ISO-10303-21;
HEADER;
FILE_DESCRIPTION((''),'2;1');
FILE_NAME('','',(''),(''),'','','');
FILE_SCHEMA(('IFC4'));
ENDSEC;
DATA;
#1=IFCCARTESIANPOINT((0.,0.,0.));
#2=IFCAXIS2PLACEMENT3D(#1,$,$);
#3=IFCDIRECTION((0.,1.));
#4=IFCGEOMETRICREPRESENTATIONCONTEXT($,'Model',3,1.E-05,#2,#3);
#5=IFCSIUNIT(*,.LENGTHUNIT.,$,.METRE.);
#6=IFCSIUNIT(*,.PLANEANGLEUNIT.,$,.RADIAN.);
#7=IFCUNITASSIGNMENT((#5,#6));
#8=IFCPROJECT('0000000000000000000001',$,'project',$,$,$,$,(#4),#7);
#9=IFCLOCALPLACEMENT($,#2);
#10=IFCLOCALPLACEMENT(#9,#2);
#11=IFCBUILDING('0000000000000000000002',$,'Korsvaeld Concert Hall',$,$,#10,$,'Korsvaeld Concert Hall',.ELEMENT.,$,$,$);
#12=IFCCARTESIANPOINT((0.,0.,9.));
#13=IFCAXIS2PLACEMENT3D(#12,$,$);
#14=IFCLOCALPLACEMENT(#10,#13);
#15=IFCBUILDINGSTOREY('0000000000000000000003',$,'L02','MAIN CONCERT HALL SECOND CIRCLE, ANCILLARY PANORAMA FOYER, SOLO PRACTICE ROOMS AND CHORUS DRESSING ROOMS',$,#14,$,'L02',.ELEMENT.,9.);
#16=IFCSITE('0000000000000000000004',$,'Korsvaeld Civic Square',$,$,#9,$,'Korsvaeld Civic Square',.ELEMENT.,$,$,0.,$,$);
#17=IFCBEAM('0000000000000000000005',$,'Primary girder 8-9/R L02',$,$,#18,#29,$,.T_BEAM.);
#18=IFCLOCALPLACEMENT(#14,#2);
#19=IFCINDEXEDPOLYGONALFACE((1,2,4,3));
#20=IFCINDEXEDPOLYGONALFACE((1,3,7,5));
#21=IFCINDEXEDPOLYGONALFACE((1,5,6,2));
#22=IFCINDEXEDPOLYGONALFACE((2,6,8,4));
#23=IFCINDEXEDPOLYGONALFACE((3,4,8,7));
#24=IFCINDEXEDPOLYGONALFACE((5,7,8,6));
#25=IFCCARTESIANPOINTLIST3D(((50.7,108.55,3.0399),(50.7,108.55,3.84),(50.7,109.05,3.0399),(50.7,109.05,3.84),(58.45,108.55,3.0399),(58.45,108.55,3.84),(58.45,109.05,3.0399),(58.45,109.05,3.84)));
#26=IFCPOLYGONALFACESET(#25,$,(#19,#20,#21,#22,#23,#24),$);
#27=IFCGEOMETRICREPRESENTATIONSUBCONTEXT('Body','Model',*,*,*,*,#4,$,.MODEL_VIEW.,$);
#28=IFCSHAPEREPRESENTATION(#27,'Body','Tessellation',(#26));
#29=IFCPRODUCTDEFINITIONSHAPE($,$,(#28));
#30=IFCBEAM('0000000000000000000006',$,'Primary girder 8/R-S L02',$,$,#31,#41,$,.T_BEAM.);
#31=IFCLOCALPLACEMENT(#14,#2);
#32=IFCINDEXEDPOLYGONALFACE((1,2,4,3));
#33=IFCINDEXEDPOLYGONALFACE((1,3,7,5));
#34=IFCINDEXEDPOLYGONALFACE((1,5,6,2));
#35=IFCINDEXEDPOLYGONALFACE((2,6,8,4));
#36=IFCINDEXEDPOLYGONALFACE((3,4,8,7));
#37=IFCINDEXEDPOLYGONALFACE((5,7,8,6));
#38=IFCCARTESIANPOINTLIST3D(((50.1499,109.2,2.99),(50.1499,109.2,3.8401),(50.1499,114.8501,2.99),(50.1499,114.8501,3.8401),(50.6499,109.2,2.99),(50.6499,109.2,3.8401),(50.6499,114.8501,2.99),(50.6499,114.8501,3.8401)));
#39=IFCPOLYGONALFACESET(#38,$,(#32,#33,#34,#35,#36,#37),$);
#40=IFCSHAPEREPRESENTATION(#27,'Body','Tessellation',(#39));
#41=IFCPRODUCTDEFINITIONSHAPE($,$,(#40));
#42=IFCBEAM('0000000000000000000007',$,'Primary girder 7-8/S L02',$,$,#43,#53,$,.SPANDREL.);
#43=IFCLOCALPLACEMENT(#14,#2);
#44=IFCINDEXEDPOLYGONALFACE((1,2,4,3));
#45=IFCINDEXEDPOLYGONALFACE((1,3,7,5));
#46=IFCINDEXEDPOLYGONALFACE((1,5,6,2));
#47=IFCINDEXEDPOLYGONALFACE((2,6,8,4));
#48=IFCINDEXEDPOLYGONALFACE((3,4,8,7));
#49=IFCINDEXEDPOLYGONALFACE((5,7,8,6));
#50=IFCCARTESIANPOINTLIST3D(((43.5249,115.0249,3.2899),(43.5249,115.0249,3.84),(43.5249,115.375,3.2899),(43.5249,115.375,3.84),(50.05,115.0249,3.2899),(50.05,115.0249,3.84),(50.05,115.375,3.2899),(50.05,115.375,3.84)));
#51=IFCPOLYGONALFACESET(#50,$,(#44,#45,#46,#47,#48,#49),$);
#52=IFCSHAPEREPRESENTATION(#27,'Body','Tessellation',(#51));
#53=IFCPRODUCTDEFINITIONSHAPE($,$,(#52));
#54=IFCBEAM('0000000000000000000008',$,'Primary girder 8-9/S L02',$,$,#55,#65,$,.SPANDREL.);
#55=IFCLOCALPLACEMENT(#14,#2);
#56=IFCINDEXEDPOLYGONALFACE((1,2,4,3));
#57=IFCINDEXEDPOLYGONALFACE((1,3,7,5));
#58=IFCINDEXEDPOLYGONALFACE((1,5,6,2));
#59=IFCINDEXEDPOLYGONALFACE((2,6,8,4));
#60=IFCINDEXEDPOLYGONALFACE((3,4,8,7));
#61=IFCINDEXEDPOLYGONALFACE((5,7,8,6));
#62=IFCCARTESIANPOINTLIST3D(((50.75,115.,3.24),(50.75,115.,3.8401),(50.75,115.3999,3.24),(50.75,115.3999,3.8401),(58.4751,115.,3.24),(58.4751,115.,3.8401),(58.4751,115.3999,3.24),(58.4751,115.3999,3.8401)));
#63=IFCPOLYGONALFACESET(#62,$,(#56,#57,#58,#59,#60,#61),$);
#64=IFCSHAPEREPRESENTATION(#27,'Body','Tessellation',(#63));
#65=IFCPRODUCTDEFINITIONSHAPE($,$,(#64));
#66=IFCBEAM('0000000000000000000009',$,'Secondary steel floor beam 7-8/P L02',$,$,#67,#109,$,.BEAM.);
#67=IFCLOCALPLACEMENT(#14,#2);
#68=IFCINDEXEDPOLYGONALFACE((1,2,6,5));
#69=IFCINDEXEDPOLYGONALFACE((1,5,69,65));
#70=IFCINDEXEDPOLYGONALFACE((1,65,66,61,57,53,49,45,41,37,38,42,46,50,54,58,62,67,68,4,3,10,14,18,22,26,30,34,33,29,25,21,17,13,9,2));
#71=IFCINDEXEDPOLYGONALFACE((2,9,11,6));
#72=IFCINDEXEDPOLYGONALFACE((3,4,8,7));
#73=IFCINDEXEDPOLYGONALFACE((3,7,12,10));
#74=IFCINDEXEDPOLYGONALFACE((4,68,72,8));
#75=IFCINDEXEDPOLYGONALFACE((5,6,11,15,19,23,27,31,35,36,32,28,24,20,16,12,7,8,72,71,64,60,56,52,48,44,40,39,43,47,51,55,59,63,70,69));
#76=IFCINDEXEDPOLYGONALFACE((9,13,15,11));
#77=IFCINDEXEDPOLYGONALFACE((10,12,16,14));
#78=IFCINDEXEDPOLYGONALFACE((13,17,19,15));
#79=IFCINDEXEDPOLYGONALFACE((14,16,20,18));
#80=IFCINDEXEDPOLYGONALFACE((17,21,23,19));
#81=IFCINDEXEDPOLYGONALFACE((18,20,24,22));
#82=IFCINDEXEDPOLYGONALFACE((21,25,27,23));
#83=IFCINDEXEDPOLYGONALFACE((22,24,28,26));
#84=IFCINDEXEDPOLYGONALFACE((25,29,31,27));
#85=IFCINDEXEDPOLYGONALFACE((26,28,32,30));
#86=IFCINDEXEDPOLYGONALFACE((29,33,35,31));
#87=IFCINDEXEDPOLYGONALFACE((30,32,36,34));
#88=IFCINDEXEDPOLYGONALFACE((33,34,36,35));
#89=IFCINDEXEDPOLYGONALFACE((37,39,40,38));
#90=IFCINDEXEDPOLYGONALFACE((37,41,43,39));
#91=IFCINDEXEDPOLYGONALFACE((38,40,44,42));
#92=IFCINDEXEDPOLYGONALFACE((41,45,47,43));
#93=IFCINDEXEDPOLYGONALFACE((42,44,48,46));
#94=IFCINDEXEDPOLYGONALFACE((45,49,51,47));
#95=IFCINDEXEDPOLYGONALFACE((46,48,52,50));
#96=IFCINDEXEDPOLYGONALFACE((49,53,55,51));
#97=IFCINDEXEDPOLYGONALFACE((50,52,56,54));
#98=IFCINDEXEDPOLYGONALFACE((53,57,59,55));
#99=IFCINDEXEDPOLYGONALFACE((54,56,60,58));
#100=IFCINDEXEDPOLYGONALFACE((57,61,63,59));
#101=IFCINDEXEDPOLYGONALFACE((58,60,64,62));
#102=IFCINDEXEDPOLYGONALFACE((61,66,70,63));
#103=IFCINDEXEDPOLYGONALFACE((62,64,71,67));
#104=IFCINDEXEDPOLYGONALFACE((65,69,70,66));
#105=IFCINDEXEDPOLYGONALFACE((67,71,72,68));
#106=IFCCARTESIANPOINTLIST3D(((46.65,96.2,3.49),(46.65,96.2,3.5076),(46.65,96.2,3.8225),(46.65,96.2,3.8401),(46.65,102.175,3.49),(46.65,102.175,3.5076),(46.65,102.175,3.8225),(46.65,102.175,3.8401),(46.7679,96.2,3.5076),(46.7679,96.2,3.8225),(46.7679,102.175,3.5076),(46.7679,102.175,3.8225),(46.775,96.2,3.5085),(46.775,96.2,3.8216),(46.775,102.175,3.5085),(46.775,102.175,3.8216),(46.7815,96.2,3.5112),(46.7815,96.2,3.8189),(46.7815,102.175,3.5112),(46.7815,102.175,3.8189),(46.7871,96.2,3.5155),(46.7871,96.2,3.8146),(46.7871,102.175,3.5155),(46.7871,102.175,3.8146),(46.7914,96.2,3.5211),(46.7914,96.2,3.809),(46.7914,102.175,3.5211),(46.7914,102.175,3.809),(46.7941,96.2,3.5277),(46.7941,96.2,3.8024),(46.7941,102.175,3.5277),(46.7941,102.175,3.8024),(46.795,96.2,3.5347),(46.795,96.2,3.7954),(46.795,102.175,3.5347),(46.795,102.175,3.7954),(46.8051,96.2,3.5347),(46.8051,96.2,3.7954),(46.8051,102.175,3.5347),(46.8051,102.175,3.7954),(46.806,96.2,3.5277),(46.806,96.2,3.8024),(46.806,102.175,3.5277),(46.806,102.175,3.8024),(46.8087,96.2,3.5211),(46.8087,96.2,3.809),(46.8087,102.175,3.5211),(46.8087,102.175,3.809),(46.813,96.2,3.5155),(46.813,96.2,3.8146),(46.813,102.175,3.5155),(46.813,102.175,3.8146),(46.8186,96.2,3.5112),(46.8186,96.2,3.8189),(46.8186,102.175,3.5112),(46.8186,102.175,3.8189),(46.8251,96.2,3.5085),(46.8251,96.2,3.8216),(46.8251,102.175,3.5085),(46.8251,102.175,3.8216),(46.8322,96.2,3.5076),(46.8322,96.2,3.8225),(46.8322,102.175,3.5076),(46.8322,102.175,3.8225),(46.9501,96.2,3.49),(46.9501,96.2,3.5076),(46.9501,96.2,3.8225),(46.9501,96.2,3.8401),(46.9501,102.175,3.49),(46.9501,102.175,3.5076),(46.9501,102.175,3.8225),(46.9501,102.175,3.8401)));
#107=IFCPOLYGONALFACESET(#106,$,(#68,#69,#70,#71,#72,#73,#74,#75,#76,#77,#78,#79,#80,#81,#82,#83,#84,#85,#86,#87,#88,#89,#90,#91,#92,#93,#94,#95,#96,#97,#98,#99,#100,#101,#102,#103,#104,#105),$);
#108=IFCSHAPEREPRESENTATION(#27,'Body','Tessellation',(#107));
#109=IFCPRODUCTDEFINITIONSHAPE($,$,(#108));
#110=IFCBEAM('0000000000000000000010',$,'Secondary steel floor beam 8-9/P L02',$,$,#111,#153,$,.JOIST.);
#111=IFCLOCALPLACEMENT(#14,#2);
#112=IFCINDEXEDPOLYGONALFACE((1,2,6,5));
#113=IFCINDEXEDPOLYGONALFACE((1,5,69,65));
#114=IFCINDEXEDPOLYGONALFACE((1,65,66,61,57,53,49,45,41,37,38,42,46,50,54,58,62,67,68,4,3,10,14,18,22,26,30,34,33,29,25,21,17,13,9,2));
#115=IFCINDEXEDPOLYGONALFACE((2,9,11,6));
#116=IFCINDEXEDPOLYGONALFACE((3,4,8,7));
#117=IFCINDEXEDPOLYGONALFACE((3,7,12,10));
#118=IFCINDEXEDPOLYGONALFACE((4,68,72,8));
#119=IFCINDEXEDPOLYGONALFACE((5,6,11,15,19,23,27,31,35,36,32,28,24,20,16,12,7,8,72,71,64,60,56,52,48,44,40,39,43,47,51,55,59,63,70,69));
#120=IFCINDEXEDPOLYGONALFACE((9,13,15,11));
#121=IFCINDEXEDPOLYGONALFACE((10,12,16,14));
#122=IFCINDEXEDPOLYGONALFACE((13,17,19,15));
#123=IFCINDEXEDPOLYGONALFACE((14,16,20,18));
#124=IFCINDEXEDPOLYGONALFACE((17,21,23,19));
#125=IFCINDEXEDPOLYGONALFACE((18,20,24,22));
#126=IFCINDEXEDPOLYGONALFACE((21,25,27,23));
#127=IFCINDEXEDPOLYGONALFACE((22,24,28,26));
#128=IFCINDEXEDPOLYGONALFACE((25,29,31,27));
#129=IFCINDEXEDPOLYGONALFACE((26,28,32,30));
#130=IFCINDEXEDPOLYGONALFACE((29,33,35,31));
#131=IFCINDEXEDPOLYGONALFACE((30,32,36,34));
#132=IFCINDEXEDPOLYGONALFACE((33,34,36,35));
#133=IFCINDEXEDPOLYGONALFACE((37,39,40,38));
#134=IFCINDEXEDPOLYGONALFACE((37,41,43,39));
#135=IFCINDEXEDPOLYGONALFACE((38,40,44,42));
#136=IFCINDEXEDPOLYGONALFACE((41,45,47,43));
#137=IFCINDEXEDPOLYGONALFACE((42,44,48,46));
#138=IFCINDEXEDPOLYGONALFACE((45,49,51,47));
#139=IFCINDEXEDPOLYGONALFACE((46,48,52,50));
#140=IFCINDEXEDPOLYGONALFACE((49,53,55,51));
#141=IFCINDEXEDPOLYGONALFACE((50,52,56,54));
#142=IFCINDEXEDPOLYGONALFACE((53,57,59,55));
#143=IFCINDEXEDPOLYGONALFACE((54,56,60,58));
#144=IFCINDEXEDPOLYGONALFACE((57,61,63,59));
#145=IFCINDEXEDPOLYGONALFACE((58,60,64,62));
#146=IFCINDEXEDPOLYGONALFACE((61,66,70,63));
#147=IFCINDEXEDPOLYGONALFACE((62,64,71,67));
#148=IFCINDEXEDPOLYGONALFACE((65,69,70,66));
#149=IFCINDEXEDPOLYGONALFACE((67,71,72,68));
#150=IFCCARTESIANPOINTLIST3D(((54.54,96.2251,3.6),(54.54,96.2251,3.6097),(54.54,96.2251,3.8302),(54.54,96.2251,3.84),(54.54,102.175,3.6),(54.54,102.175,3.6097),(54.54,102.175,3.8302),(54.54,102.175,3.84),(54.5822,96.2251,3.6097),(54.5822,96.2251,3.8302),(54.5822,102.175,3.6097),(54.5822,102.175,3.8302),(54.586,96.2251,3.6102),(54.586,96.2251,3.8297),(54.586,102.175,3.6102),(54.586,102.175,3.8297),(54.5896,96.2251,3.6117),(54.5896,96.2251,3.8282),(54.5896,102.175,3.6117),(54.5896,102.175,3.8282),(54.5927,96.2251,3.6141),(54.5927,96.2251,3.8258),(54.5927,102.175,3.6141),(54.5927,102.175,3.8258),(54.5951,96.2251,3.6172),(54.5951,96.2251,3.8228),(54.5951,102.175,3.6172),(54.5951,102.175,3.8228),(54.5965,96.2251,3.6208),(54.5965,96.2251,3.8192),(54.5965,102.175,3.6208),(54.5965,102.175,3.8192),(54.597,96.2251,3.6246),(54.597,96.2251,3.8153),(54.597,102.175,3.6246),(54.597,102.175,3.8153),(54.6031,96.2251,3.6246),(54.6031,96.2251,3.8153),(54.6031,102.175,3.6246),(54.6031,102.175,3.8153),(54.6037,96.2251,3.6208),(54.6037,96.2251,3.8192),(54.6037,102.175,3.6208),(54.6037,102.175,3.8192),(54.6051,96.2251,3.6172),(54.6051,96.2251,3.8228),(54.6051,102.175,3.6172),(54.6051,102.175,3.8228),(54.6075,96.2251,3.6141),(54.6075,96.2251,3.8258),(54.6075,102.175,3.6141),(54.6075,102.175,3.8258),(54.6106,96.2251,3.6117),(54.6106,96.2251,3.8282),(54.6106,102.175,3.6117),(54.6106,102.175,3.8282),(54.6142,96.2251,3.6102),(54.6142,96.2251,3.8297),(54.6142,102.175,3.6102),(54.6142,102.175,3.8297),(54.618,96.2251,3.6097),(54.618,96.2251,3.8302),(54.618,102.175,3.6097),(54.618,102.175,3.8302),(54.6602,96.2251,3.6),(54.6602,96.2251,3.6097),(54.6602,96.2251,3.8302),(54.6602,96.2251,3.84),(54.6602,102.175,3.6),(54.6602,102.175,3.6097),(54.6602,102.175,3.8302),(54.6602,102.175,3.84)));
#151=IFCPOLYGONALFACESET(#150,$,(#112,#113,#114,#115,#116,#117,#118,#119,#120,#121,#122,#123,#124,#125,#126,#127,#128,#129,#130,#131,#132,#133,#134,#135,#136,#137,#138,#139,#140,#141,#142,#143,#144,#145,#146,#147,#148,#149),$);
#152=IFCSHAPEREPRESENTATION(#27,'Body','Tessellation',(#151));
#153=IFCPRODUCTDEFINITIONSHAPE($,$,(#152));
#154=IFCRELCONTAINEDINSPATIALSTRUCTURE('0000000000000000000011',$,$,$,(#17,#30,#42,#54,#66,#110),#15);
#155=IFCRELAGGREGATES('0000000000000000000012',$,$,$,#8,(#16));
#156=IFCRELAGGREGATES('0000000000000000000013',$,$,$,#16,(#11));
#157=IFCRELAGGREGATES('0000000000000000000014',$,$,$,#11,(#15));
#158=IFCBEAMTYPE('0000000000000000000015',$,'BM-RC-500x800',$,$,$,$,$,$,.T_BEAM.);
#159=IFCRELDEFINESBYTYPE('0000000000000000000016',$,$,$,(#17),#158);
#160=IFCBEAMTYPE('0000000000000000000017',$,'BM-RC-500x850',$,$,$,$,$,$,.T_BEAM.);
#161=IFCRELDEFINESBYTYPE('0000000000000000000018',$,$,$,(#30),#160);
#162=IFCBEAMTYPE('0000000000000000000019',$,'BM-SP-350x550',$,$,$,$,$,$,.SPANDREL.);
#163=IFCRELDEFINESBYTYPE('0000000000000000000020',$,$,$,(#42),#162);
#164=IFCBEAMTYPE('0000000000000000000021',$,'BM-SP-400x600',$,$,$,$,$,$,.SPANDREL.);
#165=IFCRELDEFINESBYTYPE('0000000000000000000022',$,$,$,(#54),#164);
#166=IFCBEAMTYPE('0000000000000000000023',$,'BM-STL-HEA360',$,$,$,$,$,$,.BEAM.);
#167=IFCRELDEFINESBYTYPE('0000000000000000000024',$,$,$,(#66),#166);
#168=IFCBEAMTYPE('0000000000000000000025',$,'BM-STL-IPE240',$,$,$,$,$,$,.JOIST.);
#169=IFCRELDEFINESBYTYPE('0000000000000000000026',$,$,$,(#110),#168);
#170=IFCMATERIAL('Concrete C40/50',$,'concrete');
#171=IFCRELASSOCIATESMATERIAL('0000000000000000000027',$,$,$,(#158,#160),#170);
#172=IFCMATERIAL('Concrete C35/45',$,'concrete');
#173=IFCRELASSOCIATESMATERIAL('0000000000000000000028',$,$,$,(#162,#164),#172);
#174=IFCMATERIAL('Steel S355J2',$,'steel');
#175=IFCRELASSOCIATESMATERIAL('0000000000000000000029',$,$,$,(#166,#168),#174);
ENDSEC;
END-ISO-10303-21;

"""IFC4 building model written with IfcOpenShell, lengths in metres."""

from ifc_helpers import new_model, si_unit, direction, frame, origin, origin_2d, place, context, subcontext, project, spatial, rectangle, i_section, extrude, material, material_profile, profile_set, type_object, element, save


model = new_model("IFC4")

# Units and contexts
model_context = context("Model", 3, precision=1e-05, world=origin(), true_north=direction((0.0, 1.0)))
body_context = subcontext(model_context, "Body", "Model", "MODEL_VIEW")
ifc_project = project(units=[si_unit("LENGTHUNIT", "METRE"), si_unit("PLANEANGLEUNIT", "RADIAN")], contexts=[model_context])

# Site, building, storey
site_placement = place(None, origin())
site = spatial("IfcSite", under=ifc_project, at=site_placement, Name="Korsvaeld Civic Square", LongName="Korsvaeld Civic Square", CompositionType="ELEMENT", RefElevation=0.0)
building_placement = place(site_placement, origin())
building = spatial("IfcBuilding", under=site, at=building_placement, Name="Korsvaeld Concert Hall", LongName="Korsvaeld Concert Hall", CompositionType="ELEMENT")
storey_placement = place(building_placement, frame((0.0, 0.0, 9.0)))
storey = spatial("IfcBuildingStorey", under=building, at=storey_placement, Name="L02", Description="MAIN CONCERT HALL SECOND CIRCLE, ANCILLARY PANORAMA FOYER, SOLO PRACTICE ROOMS AND CHORUS DRESSING ROOMS", LongName="L02", CompositionType="ELEMENT", Elevation=9.0)

# Shared definitions
ifc_material_1 = material(Name="Concrete C40/50", Category="concrete")

# Beams
ifc_material_2 = material(Name="Concrete C35/45", Category="concrete")
ifc_material_profile_1 = material_profile(ifc_material_1, rectangle(XDim=0.5, YDim=0.8, at=origin_2d()), Name="RC 500x800")
ifc_profile_set_1 = profile_set([ifc_material_profile_1], Name="Concrete C40/50")
beam_type_1 = type_object("IfcBeamType", Name="BM-RC-500x800", PredefinedType="T_BEAM", material=ifc_profile_set_1)
beam_1_placement = place(storey_placement, frame((50.7, 108.8, 3.4399), z_axis=(1.0, 0.0, 0.0), x_axis=(0.0, 1.0, 0.0)))
element("IfcBeam", 1, at=beam_1_placement, inside=storey, type_object=beam_type_1, Name="Primary girder 8-9/R L02", PredefinedType="T_BEAM", context=body_context, shape_type="SweptSolid", body=[
    extrude(rectangle(XDim=0.5, YDim=0.8, at=origin_2d()), origin(), (0.0, 0.0, 1.0), 7.75),
])
ifc_material_profile_2 = material_profile(ifc_material_1, rectangle(XDim=0.5, YDim=0.8501, at=origin_2d()), Name="RC 500x850")
ifc_profile_set_2 = profile_set([ifc_material_profile_2], Name="Concrete C40/50")
beam_type_2 = type_object("IfcBeamType", Name="BM-RC-500x850", PredefinedType="T_BEAM", material=ifc_profile_set_2)
beam_2_placement = place(storey_placement, frame((50.3999, 109.2, 3.415), z_axis=(0.0, 1.0, 0.0), x_axis=(-1.0, 0.0, 0.0)))
element("IfcBeam", 2, at=beam_2_placement, inside=storey, type_object=beam_type_2, Name="Primary girder 8/R-S L02", PredefinedType="T_BEAM", context=body_context, shape_type="SweptSolid", body=[
    extrude(rectangle(XDim=0.5, YDim=0.8501, at=origin_2d()), origin(), (0.0, 0.0, 1.0), 5.6501),
])
ifc_material_profile_3 = material_profile(ifc_material_2, rectangle(XDim=0.3501, YDim=0.55, at=origin_2d()), Name="RC 350x550")
ifc_profile_set_3 = profile_set([ifc_material_profile_3], Name="Concrete C35/45")
beam_type_3 = type_object("IfcBeamType", Name="BM-SP-350x550", PredefinedType="SPANDREL", material=ifc_profile_set_3)
beam_3_placement = place(storey_placement, frame((43.5249, 115.2, 3.5649), z_axis=(1.0, 0.0, 0.0), x_axis=(0.0, 1.0, 0.0)))
element("IfcBeam", 3, at=beam_3_placement, inside=storey, type_object=beam_type_3, Name="Primary girder 7-8/S L02", PredefinedType="SPANDREL", context=body_context, shape_type="SweptSolid", body=[
    extrude(rectangle(XDim=0.3501, YDim=0.55, at=origin_2d()), origin(), (0.0, 0.0, 1.0), 6.5251),
])
ifc_material_profile_4 = material_profile(ifc_material_2, rectangle(XDim=0.3999, YDim=0.6001, at=origin_2d()), Name="RC 400x600")
ifc_profile_set_4 = profile_set([ifc_material_profile_4], Name="Concrete C35/45")
beam_type_4 = type_object("IfcBeamType", Name="BM-SP-400x600", PredefinedType="SPANDREL", material=ifc_profile_set_4)
beam_4_placement = place(storey_placement, frame((50.75, 115.2, 3.54), z_axis=(1.0, 0.0, 0.0), x_axis=(0.0, 1.0, 0.0)))
element("IfcBeam", 4, at=beam_4_placement, inside=storey, type_object=beam_type_4, Name="Primary girder 8-9/S L02", PredefinedType="SPANDREL", context=body_context, shape_type="SweptSolid", body=[
    extrude(rectangle(XDim=0.3999, YDim=0.6001, at=origin_2d()), origin(), (0.0, 0.0, 1.0), 7.7251),
])
ifc_material_3 = material(Name="Steel S355J2", Category="steel")
ifc_material_profile_5 = material_profile(ifc_material_3, i_section(OverallWidth=0.3, OverallDepth=0.3501, WebThickness=0.01, FlangeThickness=0.0176, FilletRadius=0.0271, at=origin_2d()), Name="HEA 360")
ifc_profile_set_5 = profile_set([ifc_material_profile_5], Name="Steel S355J2")
beam_type_5 = type_object("IfcBeamType", Name="BM-STL-HEA360", PredefinedType="BEAM", material=ifc_profile_set_5)
beam_5_placement = place(storey_placement, frame((46.8, 96.2, 3.665), z_axis=(0.0, 1.0, 0.0), x_axis=(-1.0, 0.0, 0.0)))
element("IfcBeam", 5, at=beam_5_placement, inside=storey, type_object=beam_type_5, Name="Secondary steel floor beam 7-8/P L02", PredefinedType="BEAM", context=body_context, shape_type="SweptSolid", body=[
    extrude(i_section(OverallWidth=0.3, OverallDepth=0.3501, WebThickness=0.01, FlangeThickness=0.0176, FilletRadius=0.0271, at=origin_2d()), origin(), (0.0, 0.0, 1.0), 5.9751),
])
ifc_material_profile_6 = material_profile(ifc_material_3, i_section(OverallWidth=0.1201, OverallDepth=0.24, WebThickness=0.0061, FlangeThickness=0.0098, FilletRadius=0.0149, at=origin_2d()), Name="IPE 240")
ifc_profile_set_6 = profile_set([ifc_material_profile_6], Name="Steel S355J2")
beam_type_6 = type_object("IfcBeamType", Name="BM-STL-IPE240", PredefinedType="JOIST", material=ifc_profile_set_6)
beam_6_placement = place(storey_placement, frame((54.6001, 96.2251, 3.72), z_axis=(0.0, 1.0, 0.0), x_axis=(-1.0, 0.0, 0.0)))
element("IfcBeam", 6, at=beam_6_placement, inside=storey, type_object=beam_type_6, Name="Secondary steel floor beam 8-9/P L02", PredefinedType="JOIST", context=body_context, shape_type="SweptSolid", body=[
    extrude(i_section(OverallWidth=0.1201, OverallDepth=0.24, WebThickness=0.0061, FlangeThickness=0.0098, FilletRadius=0.0149, at=origin_2d()), origin(), (0.0, 0.0, 1.0), 5.95),
])

save(model, "model.ifc")
